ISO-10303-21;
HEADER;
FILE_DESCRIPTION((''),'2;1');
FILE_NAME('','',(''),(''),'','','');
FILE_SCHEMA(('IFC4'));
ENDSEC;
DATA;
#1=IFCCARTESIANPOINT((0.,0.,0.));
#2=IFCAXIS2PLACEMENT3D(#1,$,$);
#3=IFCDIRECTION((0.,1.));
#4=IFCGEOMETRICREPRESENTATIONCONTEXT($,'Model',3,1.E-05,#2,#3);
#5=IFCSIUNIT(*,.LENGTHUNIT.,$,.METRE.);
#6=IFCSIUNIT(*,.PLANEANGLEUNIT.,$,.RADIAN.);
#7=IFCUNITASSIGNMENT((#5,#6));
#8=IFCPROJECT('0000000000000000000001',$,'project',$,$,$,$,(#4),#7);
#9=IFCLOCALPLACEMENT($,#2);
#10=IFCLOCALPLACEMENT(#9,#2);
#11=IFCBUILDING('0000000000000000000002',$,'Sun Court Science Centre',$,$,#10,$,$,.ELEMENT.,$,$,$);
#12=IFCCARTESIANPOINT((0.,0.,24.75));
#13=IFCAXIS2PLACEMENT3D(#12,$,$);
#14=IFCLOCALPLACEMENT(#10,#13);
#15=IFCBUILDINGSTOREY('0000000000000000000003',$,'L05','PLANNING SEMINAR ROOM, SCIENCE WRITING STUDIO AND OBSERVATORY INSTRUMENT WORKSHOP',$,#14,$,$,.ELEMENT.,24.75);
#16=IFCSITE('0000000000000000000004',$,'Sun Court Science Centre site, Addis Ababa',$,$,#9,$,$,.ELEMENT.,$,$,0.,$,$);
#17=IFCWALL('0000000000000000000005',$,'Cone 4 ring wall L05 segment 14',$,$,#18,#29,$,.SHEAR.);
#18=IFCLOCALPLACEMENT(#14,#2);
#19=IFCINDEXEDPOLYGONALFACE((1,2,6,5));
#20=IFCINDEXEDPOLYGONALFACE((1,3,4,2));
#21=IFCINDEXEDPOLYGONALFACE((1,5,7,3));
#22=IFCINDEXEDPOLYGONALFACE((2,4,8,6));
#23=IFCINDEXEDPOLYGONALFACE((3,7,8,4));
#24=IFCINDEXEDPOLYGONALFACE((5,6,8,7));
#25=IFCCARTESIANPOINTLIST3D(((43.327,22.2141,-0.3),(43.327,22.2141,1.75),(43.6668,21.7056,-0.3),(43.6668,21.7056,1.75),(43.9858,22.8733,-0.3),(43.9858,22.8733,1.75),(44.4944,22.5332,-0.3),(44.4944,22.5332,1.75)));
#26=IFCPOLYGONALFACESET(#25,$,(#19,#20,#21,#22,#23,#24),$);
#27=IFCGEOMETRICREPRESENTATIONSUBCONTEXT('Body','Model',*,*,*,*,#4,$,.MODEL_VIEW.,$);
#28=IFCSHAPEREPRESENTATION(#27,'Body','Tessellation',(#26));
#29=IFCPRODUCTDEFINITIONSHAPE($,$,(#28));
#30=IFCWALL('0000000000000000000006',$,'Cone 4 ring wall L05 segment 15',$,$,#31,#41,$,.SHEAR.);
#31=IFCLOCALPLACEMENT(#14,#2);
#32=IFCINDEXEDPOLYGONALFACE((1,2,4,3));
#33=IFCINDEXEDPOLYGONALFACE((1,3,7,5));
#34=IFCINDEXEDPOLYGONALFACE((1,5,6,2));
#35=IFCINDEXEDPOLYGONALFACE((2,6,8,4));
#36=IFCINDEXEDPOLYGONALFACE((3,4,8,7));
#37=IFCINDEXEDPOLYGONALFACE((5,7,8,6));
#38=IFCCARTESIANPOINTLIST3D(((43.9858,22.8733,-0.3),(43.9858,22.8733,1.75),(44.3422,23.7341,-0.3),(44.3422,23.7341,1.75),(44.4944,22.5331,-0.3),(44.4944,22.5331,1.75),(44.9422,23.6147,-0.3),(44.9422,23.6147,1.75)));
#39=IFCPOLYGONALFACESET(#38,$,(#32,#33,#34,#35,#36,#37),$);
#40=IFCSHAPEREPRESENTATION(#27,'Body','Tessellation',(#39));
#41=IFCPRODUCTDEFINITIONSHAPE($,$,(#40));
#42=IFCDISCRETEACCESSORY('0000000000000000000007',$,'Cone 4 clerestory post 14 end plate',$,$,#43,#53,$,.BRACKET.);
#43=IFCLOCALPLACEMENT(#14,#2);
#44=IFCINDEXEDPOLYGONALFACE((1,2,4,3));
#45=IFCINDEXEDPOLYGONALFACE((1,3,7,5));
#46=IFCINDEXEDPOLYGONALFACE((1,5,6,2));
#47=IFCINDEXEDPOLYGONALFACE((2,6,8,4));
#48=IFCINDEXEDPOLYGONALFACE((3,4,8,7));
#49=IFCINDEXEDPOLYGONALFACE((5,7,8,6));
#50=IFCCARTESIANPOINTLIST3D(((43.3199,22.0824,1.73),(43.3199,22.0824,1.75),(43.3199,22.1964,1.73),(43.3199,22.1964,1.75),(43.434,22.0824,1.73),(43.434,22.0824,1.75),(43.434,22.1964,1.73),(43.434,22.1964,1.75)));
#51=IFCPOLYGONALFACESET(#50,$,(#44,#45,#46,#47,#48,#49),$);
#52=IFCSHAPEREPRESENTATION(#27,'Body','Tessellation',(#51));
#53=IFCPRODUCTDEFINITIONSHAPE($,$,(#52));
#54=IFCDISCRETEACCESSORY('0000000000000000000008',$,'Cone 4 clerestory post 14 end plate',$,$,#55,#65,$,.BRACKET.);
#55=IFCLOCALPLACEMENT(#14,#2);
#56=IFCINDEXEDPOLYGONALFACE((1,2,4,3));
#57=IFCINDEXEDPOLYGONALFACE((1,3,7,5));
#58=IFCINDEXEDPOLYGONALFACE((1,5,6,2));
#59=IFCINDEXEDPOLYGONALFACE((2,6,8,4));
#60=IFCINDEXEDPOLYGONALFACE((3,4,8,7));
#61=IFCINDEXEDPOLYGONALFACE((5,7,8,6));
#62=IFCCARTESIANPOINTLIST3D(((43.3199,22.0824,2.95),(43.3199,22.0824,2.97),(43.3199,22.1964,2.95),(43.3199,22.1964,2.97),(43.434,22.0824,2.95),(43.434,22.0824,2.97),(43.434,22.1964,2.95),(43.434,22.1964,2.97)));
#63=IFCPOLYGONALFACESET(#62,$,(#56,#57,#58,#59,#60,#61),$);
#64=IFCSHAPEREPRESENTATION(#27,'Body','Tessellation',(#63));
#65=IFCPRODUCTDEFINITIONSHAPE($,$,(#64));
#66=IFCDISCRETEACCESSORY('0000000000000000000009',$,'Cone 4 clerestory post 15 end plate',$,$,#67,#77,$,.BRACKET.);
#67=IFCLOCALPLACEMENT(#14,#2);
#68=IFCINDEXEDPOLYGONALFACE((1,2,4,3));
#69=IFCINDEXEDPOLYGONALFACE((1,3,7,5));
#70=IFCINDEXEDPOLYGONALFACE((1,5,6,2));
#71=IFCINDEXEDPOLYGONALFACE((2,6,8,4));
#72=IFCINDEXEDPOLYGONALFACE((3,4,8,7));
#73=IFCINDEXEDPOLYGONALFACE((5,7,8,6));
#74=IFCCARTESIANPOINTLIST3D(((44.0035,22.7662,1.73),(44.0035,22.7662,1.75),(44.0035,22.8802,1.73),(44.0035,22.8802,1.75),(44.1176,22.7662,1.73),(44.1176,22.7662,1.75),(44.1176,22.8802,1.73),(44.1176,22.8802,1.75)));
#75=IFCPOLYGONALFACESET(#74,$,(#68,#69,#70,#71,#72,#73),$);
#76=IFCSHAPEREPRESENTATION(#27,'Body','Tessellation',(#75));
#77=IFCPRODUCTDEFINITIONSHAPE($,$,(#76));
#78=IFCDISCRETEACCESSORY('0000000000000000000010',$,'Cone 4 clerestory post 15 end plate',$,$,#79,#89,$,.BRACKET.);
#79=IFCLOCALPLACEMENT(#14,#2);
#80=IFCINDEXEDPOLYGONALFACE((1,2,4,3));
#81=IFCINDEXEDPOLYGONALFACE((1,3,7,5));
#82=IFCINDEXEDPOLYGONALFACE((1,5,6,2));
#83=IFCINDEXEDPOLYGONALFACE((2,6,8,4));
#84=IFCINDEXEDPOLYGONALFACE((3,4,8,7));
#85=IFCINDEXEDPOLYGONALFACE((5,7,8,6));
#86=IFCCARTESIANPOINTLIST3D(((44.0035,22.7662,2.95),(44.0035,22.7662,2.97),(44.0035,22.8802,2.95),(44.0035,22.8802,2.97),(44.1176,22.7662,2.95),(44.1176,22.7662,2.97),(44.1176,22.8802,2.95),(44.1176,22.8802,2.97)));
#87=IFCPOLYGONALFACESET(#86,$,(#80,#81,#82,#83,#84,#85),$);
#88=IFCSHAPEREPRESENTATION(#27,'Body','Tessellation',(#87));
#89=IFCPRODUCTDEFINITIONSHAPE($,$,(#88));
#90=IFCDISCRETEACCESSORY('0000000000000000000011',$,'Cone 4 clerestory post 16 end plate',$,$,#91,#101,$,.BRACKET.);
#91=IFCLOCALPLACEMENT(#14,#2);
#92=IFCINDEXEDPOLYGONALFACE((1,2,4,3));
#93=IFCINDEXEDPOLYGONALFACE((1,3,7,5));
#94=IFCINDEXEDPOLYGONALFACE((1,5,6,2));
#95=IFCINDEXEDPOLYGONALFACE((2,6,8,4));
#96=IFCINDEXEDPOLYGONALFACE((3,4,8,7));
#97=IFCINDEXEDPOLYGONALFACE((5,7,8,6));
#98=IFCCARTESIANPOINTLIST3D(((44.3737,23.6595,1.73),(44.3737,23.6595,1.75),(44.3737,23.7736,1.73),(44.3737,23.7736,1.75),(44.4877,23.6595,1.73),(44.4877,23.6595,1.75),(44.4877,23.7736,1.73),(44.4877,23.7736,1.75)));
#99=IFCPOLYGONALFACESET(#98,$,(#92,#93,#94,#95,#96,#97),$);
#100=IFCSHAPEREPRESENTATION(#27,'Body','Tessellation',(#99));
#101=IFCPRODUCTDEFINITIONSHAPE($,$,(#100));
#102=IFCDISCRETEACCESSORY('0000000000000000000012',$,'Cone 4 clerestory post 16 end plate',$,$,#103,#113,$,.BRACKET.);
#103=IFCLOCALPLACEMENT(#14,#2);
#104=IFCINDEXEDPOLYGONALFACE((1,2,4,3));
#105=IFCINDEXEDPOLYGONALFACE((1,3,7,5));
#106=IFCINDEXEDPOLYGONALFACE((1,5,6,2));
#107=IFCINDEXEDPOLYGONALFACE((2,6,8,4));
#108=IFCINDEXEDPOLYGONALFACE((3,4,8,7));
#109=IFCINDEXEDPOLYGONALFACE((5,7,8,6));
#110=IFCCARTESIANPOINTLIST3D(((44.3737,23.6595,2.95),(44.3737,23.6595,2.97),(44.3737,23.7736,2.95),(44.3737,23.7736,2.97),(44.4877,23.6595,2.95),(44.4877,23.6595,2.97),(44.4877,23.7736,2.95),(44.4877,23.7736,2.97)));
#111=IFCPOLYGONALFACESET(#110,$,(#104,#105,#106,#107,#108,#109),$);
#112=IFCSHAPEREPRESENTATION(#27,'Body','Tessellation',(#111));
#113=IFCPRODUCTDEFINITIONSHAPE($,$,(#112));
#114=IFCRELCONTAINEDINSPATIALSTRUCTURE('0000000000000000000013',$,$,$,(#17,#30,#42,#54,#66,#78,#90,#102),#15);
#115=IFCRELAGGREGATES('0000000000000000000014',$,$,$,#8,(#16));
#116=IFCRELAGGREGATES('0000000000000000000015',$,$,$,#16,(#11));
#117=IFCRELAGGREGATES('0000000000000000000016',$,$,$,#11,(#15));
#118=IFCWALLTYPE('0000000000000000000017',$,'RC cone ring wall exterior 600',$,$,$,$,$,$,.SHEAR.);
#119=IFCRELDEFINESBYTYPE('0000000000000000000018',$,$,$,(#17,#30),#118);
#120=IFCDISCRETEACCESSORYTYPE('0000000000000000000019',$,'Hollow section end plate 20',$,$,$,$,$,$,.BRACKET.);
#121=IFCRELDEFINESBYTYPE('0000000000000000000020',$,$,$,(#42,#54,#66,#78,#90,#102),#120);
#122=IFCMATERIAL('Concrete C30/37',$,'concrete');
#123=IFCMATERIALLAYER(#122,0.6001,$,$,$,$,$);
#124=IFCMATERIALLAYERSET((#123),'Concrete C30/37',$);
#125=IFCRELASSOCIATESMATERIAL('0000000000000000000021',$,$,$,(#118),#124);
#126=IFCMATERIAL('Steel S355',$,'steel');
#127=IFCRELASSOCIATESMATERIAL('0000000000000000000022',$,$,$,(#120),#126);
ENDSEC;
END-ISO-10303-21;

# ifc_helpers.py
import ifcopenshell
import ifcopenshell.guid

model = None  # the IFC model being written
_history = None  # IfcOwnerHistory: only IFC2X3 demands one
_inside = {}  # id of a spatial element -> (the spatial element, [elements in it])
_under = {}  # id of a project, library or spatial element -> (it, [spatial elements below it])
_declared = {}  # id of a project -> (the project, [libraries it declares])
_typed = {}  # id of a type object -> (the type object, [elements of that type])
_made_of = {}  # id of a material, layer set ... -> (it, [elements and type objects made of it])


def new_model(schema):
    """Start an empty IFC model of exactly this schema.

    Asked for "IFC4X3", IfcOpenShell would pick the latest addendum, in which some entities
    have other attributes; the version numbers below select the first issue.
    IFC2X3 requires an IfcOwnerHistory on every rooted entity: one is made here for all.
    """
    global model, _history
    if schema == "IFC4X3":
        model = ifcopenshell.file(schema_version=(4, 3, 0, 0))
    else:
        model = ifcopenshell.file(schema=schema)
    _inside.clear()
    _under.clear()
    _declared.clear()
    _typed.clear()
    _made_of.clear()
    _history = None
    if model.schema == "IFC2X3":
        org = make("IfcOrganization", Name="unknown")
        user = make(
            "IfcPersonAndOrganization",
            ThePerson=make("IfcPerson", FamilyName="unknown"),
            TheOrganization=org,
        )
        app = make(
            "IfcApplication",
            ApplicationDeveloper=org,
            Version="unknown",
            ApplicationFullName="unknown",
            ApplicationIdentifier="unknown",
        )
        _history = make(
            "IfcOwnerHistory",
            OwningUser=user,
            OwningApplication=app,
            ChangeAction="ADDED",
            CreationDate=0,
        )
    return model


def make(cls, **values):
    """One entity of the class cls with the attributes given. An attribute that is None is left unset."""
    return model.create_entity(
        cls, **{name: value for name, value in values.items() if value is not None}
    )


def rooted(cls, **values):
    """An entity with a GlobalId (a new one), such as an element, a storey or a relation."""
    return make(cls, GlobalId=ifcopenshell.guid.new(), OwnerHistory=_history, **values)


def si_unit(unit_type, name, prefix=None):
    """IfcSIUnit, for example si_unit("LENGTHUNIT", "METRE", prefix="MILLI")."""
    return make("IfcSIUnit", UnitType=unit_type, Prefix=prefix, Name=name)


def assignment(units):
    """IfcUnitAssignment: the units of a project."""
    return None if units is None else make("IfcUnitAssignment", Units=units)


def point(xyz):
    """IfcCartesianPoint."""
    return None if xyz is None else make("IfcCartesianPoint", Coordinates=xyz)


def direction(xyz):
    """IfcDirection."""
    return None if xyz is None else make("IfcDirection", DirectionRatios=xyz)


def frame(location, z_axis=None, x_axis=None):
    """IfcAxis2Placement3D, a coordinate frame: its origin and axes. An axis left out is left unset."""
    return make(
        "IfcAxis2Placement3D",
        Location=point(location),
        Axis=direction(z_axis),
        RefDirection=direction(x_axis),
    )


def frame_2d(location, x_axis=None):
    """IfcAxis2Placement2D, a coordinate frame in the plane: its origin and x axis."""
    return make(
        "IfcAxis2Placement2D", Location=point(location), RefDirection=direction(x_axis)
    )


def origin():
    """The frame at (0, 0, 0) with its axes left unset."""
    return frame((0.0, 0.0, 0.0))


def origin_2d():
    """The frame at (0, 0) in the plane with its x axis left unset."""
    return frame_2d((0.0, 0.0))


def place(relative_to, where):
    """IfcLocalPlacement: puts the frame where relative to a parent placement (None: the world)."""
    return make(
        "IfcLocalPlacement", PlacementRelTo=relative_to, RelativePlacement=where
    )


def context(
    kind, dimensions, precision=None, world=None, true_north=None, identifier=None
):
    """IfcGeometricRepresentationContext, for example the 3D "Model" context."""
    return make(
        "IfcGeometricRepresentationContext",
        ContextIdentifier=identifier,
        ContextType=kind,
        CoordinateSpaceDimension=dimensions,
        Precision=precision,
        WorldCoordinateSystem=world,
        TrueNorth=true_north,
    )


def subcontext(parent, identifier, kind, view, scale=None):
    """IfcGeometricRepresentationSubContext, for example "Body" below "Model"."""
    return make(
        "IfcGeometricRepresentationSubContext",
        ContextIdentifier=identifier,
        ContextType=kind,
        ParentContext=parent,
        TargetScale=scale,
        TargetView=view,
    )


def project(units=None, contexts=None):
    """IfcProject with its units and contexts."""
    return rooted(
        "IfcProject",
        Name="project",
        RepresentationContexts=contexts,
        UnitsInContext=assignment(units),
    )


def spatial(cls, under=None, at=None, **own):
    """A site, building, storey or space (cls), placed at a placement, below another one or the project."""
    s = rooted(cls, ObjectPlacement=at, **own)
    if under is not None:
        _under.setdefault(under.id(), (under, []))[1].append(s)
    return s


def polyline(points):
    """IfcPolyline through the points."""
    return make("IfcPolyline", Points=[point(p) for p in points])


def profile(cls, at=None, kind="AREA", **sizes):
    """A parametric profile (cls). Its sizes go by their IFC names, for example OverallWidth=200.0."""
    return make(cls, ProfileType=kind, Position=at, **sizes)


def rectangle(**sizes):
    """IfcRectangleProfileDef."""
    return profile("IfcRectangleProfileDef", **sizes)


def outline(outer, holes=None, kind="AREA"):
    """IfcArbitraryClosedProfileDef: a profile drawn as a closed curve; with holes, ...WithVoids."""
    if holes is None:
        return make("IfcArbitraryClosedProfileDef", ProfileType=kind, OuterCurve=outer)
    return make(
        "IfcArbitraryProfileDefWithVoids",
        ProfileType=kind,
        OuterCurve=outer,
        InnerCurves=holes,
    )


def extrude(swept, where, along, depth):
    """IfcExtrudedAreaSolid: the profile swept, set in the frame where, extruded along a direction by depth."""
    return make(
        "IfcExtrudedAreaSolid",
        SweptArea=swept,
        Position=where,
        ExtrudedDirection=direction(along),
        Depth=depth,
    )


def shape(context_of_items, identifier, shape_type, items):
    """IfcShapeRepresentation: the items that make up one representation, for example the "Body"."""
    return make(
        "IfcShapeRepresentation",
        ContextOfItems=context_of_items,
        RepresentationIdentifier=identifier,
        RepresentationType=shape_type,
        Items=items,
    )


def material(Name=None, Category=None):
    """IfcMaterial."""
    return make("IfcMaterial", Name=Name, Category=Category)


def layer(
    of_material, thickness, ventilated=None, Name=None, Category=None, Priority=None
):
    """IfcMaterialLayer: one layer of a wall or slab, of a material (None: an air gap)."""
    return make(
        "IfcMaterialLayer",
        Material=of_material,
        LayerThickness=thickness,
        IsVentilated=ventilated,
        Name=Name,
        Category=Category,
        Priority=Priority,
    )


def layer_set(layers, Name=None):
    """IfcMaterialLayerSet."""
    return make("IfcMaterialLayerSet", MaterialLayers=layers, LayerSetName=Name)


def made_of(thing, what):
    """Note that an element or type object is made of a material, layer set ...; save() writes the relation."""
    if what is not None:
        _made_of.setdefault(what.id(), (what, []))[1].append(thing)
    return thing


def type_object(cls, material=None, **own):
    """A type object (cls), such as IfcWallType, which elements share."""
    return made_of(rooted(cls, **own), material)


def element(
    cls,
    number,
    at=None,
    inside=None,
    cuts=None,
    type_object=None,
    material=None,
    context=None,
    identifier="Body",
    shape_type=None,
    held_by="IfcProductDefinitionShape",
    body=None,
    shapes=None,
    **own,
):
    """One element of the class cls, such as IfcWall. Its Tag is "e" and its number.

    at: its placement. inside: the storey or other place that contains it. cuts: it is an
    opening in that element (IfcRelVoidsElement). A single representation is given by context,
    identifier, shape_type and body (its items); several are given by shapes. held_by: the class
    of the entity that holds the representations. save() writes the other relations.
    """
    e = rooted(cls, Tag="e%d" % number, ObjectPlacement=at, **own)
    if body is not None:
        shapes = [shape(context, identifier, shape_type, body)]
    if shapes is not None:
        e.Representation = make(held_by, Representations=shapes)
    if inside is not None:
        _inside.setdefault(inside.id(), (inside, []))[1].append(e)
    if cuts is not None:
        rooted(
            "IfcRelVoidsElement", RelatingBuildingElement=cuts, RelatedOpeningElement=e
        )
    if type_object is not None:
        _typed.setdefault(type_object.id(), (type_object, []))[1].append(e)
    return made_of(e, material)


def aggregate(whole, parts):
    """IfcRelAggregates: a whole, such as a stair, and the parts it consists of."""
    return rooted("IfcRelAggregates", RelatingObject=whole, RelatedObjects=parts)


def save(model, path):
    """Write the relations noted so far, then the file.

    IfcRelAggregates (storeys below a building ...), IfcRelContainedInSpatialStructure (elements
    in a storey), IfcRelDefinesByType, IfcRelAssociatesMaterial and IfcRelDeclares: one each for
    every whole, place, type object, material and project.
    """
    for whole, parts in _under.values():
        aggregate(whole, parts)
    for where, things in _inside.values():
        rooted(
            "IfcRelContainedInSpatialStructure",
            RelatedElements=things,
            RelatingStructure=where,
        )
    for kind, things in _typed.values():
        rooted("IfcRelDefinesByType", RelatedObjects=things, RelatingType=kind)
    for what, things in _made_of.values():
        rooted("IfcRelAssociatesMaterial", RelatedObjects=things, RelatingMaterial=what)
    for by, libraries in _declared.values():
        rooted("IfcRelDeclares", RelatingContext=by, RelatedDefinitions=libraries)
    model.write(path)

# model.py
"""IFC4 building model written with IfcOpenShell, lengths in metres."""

from ifc_helpers import new_model, si_unit, direction, frame, origin, origin_2d, place, context, subcontext, project, spatial, polyline, rectangle, outline, extrude, material, layer, layer_set, type_object, element, save


model = new_model("IFC4")

# Units and contexts
model_context = context("Model", 3, precision=1e-05, world=origin(), true_north=direction((0.0, 1.0)))
body_context = subcontext(model_context, "Body", "Model", "MODEL_VIEW")
ifc_project = project(units=[si_unit("LENGTHUNIT", "METRE"), si_unit("PLANEANGLEUNIT", "RADIAN")], contexts=[model_context])

# Site, building, storey
site_placement = place(None, origin())
site = spatial("IfcSite", under=ifc_project, at=site_placement, Name="Sun Court Science Centre site, Addis Ababa", CompositionType="ELEMENT", RefElevation=0.0)
building_placement = place(site_placement, origin())
building = spatial("IfcBuilding", under=site, at=building_placement, Name="Sun Court Science Centre", CompositionType="ELEMENT")
storey_placement = place(building_placement, frame((0.0, 0.0, 24.75)))
storey = spatial("IfcBuildingStorey", under=building, at=storey_placement, Name="L05", Description="PLANNING SEMINAR ROOM, SCIENCE WRITING STUDIO AND OBSERVATORY INSTRUMENT WORKSHOP", CompositionType="ELEMENT", Elevation=24.75)

# Walls
ifc_material_1 = material(Name="Concrete C30/37", Category="concrete")
ifc_layer_1 = layer(ifc_material_1, 0.6001)
ifc_layer_set_1 = layer_set([ifc_layer_1], Name="Concrete C30/37")
wall_type = type_object("IfcWallType", Name="RC cone ring wall exterior 600", PredefinedType="SHEAR", material=ifc_layer_set_1)
wall_1_placement = place(storey_placement, frame((43.4546, 21.9177, -0.3), z_axis=(0.0, 0.0, 1.0), x_axis=(0.707107, 0.707107, 0.0)))
element("IfcWall", 1, at=wall_1_placement, inside=storey, type_object=wall_type, Name="Cone 4 ring wall L05 segment 14", PredefinedType="SHEAR", context=body_context, shape_type="SweptSolid", body=[
    extrude(outline(polyline([(0.0, -0.3), (1.1704, -0.3), (1.0513, 0.3), (0.1194, 0.2998), (0.0, -0.3)])), origin(), (0.0, 0.0, 1.0), 2.05),
])
wall_2_placement = place(storey_placement, frame((44.2173, 22.6482, -0.3), z_axis=(0.0, 0.0, 1.0), x_axis=(0.382763, 0.923846, 0.0)))
element("IfcWall", 2, at=wall_2_placement, inside=storey, type_object=wall_type, Name="Cone 4 ring wall L05 segment 15", PredefinedType="SHEAR", context=body_context, shape_type="SweptSolid", body=[
    extrude(outline(polyline([(-0.0002, -0.3), (1.1704, -0.2998), (1.051, 0.3003), (0.1194, 0.3), (-0.0002, -0.3)])), origin(), (0.0, 0.0, 1.0), 2.05),
])

# Discrete accessories
ifc_material_2 = material(Name="Steel S355", Category="steel")
discrete_accessory_type = type_object("IfcDiscreteAccessoryType", Name="Hollow section end plate 20", PredefinedType="BRACKET", material=ifc_material_2)
for number, where, z_axis, x_axis, name in (
    (3, (43.377, 22.1394, 1.73), (0.0, 0.0, 1.0), (1.0, 0.0, 0.0), "Cone 4 clerestory post 14 end plate"),
    (4, (43.377, 22.1394, 2.95), (0.0, 0.0, 1.0), (1.0, 0.0, 0.0), "Cone 4 clerestory post 14 end plate"),
    (5, (44.0605, 22.8232, 1.73), (0.0, 0.0, 1.0), (1.0, 0.0, 0.0), "Cone 4 clerestory post 15 end plate"),
    (6, (44.0605, 22.8232, 2.95), (0.0, 0.0, 1.0), (1.0, 0.0, 0.0), "Cone 4 clerestory post 15 end plate"),
    (7, (44.4307, 23.7166, 1.73), (0.0, 0.0, 1.0), (1.0, 0.0, 0.0), "Cone 4 clerestory post 16 end plate"),
    (8, (44.4307, 23.7166, 2.95), (0.0, 0.0, 1.0), (1.0, 0.0, 0.0), "Cone 4 clerestory post 16 end plate"),
):
    element("IfcDiscreteAccessory", number, at=place(storey_placement, frame(where, z_axis=z_axis, x_axis=x_axis)), inside=storey, type_object=discrete_accessory_type, Name=name, PredefinedType="BRACKET", context=body_context, shape_type="SweptSolid", body=[
        extrude(rectangle(XDim=0.114, YDim=0.114, at=origin_2d()), origin(), (0.0, 0.0, 1.0), 0.02),
    ])

save(model, "model.ifc")
